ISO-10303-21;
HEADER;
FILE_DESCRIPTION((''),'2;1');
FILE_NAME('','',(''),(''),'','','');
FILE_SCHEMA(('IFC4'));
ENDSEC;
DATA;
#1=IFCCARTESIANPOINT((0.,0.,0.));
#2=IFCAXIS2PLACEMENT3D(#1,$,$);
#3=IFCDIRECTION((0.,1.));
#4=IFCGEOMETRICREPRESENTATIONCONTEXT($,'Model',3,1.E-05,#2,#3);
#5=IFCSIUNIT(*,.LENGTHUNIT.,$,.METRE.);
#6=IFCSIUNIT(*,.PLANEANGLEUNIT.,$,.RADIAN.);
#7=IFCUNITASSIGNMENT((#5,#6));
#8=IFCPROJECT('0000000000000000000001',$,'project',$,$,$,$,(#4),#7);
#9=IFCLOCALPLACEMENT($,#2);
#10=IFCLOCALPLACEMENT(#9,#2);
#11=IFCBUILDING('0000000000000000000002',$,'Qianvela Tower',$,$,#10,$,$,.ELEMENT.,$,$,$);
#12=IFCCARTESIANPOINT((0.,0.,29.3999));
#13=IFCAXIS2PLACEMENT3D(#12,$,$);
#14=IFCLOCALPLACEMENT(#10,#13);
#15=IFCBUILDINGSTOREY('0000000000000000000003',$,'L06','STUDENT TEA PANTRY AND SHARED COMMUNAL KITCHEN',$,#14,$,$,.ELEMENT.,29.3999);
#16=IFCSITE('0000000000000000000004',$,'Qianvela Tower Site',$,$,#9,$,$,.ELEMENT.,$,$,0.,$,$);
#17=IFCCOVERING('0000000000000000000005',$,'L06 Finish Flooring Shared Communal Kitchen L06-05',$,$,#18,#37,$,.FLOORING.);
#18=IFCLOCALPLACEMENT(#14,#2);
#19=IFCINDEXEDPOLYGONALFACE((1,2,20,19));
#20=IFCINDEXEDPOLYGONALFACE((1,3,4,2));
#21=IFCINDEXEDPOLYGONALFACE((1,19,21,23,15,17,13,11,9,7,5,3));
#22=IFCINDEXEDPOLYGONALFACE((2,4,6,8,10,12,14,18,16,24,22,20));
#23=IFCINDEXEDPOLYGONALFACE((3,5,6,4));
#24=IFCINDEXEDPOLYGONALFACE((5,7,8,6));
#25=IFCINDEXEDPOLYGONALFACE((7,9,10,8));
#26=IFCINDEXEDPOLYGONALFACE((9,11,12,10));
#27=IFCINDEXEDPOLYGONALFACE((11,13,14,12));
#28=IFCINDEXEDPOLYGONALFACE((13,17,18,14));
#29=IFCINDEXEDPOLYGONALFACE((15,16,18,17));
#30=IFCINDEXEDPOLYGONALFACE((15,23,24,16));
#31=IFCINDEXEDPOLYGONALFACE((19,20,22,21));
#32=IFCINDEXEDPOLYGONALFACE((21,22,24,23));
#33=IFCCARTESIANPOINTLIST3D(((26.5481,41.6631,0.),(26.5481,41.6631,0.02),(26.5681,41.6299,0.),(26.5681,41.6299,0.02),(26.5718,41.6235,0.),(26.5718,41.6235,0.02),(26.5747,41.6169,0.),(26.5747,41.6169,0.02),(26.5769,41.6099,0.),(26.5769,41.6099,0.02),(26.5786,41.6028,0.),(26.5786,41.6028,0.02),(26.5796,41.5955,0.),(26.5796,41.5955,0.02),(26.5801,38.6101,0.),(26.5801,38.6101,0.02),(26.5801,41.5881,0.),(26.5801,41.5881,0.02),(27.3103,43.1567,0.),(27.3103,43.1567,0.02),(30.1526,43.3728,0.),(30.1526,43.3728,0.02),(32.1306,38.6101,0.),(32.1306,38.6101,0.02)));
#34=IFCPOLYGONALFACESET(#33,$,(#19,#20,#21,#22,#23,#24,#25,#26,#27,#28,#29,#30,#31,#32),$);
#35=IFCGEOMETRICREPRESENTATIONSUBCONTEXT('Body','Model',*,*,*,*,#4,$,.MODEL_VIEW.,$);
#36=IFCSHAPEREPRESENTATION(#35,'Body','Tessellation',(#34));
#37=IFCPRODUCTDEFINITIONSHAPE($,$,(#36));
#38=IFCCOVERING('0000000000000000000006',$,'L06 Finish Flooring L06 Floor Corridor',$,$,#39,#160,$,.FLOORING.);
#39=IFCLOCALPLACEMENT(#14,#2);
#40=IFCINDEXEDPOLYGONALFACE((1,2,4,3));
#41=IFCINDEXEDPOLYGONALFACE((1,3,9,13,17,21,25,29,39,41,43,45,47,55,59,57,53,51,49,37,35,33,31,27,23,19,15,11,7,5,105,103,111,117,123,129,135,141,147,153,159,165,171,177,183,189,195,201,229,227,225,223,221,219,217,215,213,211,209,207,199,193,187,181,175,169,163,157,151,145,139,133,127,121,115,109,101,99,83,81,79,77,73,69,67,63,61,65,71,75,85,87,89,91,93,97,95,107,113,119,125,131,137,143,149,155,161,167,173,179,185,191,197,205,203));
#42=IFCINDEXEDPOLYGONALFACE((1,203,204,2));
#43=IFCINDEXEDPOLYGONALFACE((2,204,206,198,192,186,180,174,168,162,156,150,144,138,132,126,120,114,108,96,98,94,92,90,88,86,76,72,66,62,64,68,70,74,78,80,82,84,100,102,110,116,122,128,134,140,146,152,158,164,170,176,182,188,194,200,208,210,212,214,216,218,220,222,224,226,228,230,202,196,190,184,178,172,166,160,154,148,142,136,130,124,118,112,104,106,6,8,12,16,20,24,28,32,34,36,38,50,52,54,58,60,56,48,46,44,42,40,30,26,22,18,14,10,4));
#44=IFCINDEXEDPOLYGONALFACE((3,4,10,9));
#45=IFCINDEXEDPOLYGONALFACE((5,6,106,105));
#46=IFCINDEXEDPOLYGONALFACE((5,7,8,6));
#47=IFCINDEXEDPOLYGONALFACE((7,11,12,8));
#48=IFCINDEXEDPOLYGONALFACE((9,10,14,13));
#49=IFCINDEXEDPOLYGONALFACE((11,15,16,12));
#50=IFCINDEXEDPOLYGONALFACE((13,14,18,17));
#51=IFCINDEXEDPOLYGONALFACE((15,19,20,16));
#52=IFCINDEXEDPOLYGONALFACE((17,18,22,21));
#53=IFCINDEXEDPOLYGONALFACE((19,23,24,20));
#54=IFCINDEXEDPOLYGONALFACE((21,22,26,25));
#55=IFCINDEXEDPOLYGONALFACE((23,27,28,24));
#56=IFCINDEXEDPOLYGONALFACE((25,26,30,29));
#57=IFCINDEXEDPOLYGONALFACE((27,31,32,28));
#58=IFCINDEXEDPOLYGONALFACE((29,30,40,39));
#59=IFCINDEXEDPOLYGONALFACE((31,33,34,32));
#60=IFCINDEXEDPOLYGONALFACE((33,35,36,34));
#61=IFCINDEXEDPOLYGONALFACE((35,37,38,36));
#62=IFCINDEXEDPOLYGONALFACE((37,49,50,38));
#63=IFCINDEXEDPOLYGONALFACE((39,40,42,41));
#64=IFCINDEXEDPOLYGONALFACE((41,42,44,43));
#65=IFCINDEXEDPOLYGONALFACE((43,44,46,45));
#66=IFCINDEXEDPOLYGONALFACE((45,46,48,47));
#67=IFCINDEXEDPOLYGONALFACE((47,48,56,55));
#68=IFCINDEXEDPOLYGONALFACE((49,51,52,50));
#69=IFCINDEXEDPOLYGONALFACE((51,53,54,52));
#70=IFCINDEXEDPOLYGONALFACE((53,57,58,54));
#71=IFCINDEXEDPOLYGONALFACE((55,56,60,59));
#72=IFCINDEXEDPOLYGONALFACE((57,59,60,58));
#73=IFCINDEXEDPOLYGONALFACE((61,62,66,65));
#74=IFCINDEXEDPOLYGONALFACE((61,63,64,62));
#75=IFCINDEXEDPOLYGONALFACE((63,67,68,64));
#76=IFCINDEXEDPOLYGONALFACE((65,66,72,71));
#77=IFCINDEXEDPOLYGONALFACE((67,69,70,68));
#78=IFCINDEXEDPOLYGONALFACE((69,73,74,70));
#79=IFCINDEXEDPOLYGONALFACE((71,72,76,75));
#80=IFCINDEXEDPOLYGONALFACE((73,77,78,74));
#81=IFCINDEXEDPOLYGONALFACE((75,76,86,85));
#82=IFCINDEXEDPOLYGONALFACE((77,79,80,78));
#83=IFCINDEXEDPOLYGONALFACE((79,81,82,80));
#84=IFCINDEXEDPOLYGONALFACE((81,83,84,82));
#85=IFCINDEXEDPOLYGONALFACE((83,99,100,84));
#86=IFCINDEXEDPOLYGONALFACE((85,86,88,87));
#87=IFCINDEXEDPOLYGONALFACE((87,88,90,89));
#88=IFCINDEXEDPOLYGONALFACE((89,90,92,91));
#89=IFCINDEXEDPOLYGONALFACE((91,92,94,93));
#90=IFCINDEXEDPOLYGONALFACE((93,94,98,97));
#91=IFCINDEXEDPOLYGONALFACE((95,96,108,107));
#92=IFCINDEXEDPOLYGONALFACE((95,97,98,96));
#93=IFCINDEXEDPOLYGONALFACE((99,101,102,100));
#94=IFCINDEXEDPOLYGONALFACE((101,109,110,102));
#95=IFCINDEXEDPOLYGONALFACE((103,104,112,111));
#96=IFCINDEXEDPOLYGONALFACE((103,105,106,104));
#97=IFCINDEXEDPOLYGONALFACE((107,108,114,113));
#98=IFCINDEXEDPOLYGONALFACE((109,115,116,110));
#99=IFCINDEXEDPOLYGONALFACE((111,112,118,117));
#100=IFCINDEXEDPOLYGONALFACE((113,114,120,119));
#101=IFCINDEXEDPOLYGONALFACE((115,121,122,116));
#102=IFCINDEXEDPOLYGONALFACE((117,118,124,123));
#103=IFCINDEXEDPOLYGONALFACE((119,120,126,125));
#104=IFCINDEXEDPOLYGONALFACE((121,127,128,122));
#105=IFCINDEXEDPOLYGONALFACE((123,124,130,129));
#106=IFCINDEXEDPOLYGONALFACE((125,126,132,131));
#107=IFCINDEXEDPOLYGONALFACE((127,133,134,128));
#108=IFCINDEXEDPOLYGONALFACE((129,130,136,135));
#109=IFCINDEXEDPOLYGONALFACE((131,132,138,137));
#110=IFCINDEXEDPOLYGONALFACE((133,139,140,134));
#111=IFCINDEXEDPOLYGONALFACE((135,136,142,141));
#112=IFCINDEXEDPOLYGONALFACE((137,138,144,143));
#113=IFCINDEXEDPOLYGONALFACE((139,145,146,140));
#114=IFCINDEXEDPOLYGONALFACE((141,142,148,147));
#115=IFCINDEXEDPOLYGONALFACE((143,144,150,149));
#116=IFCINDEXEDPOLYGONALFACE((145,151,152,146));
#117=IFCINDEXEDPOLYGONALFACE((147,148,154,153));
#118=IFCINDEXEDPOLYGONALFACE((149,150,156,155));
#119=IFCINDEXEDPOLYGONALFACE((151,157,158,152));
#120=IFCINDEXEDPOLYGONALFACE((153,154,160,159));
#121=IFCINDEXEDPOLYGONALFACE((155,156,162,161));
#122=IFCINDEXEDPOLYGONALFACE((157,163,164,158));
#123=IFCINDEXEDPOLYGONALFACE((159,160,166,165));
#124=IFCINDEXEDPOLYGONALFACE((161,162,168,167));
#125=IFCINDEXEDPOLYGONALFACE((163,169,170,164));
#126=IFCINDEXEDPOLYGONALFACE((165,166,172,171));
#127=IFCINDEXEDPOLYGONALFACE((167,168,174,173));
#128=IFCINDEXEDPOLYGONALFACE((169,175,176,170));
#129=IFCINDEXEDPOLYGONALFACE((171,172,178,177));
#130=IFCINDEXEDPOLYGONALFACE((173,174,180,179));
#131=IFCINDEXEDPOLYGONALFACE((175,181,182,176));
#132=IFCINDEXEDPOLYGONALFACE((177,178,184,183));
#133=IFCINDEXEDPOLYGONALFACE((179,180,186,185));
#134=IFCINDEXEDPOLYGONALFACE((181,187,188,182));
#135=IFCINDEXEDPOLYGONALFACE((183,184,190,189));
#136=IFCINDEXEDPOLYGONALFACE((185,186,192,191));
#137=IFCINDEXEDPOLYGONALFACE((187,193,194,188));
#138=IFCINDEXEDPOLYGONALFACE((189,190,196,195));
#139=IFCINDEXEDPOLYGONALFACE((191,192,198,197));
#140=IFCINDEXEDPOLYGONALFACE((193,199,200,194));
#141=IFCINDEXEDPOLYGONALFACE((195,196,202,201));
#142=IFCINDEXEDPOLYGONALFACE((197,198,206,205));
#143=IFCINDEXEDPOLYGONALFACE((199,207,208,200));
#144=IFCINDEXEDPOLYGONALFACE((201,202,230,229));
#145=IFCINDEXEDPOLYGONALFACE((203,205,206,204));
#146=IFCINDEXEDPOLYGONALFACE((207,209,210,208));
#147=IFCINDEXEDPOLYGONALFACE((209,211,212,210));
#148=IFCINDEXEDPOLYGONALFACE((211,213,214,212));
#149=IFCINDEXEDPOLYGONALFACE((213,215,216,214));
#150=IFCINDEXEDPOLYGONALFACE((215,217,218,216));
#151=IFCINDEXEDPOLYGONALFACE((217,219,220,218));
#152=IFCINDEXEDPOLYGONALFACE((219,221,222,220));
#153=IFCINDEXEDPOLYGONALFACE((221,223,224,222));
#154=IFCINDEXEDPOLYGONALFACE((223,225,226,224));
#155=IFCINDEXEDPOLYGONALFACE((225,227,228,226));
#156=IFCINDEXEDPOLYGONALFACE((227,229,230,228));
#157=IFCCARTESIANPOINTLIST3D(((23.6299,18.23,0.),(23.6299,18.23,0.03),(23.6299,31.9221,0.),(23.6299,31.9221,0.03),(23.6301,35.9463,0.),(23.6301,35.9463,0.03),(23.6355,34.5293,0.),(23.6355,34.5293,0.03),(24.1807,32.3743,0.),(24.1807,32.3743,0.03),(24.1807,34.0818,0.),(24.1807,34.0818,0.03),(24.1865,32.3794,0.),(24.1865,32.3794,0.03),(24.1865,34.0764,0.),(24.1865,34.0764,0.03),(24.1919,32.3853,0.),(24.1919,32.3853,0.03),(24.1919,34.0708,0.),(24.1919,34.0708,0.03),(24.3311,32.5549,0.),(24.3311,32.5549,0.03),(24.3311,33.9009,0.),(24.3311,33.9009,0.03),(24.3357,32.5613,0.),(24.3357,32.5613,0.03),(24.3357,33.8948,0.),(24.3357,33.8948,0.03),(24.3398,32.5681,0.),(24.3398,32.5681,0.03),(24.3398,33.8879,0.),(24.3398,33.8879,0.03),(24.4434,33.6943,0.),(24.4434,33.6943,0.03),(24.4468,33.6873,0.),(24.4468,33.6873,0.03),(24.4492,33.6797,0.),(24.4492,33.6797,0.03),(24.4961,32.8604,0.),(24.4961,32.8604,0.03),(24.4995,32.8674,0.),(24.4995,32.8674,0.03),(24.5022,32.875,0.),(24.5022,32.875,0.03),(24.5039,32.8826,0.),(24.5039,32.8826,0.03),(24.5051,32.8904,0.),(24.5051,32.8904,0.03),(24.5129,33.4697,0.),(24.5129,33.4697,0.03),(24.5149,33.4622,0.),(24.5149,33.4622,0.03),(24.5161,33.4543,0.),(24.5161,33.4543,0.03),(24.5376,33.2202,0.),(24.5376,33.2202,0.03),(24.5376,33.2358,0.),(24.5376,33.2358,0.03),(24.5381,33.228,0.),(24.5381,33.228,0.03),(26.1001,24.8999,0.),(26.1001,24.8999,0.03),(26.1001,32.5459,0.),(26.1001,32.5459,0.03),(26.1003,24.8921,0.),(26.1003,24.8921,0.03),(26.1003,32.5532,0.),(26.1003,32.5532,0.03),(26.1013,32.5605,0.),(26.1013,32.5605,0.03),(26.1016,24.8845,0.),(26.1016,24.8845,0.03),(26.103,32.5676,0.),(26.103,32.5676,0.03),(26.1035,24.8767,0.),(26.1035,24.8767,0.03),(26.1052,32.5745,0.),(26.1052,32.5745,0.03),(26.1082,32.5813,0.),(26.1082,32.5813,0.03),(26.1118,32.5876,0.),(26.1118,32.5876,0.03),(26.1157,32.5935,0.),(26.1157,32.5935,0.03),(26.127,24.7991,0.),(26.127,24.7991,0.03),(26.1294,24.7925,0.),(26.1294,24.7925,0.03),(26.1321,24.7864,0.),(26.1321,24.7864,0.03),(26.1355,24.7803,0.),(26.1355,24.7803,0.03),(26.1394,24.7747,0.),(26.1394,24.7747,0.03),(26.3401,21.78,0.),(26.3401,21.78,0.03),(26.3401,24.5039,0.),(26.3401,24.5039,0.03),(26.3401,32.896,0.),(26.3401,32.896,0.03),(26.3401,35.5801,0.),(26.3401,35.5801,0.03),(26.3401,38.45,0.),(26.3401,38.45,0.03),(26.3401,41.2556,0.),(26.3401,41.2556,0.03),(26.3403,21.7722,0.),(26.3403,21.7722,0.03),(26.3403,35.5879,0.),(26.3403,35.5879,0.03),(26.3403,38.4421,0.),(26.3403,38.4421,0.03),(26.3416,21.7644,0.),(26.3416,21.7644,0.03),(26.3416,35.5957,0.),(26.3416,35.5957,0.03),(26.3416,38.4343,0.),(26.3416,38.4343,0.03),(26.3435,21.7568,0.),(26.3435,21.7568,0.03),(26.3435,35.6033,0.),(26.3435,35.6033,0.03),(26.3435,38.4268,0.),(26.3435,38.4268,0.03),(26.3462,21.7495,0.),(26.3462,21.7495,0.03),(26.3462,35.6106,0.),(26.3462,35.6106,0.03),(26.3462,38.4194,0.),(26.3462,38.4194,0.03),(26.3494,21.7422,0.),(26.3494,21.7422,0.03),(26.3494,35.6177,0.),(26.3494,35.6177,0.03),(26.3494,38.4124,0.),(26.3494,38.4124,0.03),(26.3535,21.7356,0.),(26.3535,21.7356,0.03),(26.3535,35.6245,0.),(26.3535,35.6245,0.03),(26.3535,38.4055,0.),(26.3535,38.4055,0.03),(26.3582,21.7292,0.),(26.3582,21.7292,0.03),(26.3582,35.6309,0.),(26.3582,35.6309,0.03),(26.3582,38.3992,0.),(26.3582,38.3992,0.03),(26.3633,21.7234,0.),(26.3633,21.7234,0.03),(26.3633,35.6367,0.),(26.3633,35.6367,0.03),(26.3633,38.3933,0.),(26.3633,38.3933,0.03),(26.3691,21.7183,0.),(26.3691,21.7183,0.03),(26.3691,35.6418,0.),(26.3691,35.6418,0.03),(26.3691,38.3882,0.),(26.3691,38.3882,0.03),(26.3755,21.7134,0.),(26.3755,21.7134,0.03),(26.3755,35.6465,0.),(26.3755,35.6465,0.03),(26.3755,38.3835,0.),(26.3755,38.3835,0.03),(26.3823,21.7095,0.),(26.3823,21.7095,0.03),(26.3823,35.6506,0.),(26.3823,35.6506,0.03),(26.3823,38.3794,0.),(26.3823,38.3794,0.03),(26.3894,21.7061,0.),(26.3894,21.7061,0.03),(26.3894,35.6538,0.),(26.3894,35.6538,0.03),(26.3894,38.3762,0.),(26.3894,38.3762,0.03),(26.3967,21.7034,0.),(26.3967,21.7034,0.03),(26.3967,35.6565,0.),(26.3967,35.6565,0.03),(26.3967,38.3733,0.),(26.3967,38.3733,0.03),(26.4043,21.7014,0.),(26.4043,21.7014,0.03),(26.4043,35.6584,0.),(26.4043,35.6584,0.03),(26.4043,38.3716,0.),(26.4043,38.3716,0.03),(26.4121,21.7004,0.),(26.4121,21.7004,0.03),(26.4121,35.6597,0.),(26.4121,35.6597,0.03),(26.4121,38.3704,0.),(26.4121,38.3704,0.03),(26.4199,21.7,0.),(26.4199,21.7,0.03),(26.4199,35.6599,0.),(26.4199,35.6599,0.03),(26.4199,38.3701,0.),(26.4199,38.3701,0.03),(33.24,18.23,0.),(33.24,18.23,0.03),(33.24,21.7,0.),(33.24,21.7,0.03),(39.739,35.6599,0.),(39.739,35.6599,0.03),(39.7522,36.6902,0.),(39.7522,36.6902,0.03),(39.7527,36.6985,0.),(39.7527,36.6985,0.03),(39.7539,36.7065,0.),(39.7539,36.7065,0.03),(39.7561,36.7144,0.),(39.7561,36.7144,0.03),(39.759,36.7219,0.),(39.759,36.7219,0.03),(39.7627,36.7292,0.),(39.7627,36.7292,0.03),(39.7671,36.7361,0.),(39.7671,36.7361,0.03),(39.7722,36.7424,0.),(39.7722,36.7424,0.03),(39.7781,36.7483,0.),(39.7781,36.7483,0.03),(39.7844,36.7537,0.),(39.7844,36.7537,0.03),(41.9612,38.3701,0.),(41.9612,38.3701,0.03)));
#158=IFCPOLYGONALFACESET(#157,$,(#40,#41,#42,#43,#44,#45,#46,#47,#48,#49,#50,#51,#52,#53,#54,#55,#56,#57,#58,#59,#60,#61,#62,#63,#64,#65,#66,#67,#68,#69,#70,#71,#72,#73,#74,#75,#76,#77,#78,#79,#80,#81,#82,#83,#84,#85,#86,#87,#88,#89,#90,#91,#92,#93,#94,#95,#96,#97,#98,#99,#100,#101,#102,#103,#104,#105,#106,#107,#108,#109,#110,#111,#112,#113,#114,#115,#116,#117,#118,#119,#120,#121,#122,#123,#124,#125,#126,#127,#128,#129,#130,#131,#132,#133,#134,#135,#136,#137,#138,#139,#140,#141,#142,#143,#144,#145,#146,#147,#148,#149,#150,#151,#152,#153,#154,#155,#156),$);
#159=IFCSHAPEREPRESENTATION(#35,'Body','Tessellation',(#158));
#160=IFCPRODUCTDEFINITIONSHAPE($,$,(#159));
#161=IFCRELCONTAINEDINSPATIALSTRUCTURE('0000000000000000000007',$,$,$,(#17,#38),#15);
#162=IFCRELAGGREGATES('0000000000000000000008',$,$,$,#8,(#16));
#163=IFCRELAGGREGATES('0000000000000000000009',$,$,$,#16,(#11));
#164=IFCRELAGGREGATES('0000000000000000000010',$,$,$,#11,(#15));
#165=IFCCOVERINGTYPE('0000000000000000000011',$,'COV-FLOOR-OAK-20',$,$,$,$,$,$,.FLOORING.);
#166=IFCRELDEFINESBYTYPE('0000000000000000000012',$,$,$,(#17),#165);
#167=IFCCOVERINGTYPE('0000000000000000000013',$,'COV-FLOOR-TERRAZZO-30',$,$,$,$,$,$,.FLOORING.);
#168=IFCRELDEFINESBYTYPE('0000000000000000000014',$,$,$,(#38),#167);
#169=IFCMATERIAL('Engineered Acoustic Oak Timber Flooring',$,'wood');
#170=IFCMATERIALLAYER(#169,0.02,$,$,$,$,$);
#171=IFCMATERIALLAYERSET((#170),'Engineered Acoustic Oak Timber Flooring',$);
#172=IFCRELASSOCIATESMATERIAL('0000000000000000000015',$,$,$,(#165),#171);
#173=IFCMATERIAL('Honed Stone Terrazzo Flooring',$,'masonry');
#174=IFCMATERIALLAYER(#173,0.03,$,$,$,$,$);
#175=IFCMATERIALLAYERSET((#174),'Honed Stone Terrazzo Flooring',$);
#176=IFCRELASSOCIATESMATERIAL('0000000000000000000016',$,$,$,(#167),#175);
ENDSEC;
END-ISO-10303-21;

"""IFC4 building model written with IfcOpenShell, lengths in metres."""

from ifc_helpers import new_model, si_unit, direction, frame, origin, place, context, subcontext, project, spatial, polyline, outline, extrude, material, layer, layer_set, type_object, element, save


model = new_model("IFC4")

# Units and contexts
model_context = context("Model", 3, precision=1e-05, world=origin(), true_north=direction((0.0, 1.0)))
body_context = subcontext(model_context, "Body", "Model", "MODEL_VIEW")
ifc_project = project(units=[si_unit("LENGTHUNIT", "METRE"), si_unit("PLANEANGLEUNIT", "RADIAN")], contexts=[model_context])

# Site, building, storey
site_placement = place(None, origin())
site = spatial("IfcSite", under=ifc_project, at=site_placement, Name="Qianvela Tower Site", CompositionType="ELEMENT", RefElevation=0.0)
building_placement = place(site_placement, origin())
building = spatial("IfcBuilding", under=site, at=building_placement, Name="Qianvela Tower", CompositionType="ELEMENT")
storey_placement = place(building_placement, frame((0.0, 0.0, 29.3999)))
storey = spatial("IfcBuildingStorey", under=building, at=storey_placement, Name="L06", Description="STUDENT TEA PANTRY AND SHARED COMMUNAL KITCHEN", CompositionType="ELEMENT", Elevation=29.3999)

# Coverings
ifc_material_1 = material(Name="Engineered Acoustic Oak Timber Flooring", Category="wood")
ifc_layer_1 = layer(ifc_material_1, 0.02)
ifc_layer_set_1 = layer_set([ifc_layer_1], Name="Engineered Acoustic Oak Timber Flooring")
covering_type_1 = type_object("IfcCoveringType", Name="COV-FLOOR-OAK-20", PredefinedType="FLOORING", material=ifc_layer_set_1)
covering_1_placement = place(storey_placement, origin())
element("IfcCovering", 1, at=covering_1_placement, inside=storey, type_object=covering_type_1, Name="L06 Finish Flooring Shared Communal Kitchen L06-05", PredefinedType="FLOORING", context=body_context, shape_type="SweptSolid", body=[
    extrude(outline(polyline([(26.5801, 41.5881), (26.5796, 41.5955), (26.5786, 41.6028), (26.5769, 41.6099), (26.5747, 41.6169), (26.5718, 41.6235), (26.5681, 41.6299), (26.5481, 41.6631), (27.3103, 43.1567), (30.1526, 43.3728), (32.1306, 38.6101), (26.5801, 38.6101), (26.5801, 41.5881)])), origin(), (0.0, 0.0, 1.0), 0.02),
])
ifc_material_2 = material(Name="Honed Stone Terrazzo Flooring", Category="masonry")
ifc_layer_2 = layer(ifc_material_2, 0.03)
ifc_layer_set_2 = layer_set([ifc_layer_2], Name="Honed Stone Terrazzo Flooring")
covering_type_2 = type_object("IfcCoveringType", Name="COV-FLOOR-TERRAZZO-30", PredefinedType="FLOORING", material=ifc_layer_set_2)
covering_2_placement = place(storey_placement, origin())
element("IfcCovering", 2, at=covering_2_placement, inside=storey, type_object=covering_type_2, Name="L06 Finish Flooring L06 Floor Corridor", PredefinedType="FLOORING", context=body_context, shape_type="SweptSolid", body=[
    extrude(outline(polyline([(24.5161, 33.4543), (24.5149, 33.4622), (24.5129, 33.4697), (24.4492, 33.6797), (24.4468, 33.6873), (24.4434, 33.6943), (24.3398, 33.8879), (24.3357, 33.8948), (24.3311, 33.9009), (24.1919, 34.0708), (24.1865, 34.0764), (24.1807, 34.0818), (23.6355, 34.5293), (23.6301, 35.9463), (26.3401, 41.2556), (26.3401, 38.45), (26.3403, 38.4421), (26.3416, 38.4343), (26.3435, 38.4268), (26.3462, 38.4194), (26.3494, 38.4124), (26.3535, 38.4055), (26.3582, 38.3992), (26.3633, 38.3933), (26.3691, 38.3882), (26.3755, 38.3835), (26.3823, 38.3794), (26.3894, 38.3762), (26.3967, 38.3733), (26.4043, 38.3716), (26.4121, 38.3704), (26.4199, 38.3701), (41.9612, 38.3701), (39.7844, 36.7537), (39.7781, 36.7483), (39.7722, 36.7424), (39.7671, 36.7361), (39.7627, 36.7292), (39.759, 36.7219), (39.7561, 36.7144), (39.7539, 36.7065), (39.7527, 36.6985), (39.7522, 36.6902), (39.739, 35.6599), (26.4199, 35.6599), (26.4121, 35.6597), (26.4043, 35.6584), (26.3967, 35.6565), (26.3894, 35.6538), (26.3823, 35.6506), (26.3755, 35.6465), (26.3691, 35.6418), (26.3633, 35.6367), (26.3582, 35.6309), (26.3535, 35.6245), (26.3494, 35.6177), (26.3462, 35.6106), (26.3435, 35.6033), (26.3416, 35.5957), (26.3403, 35.5879), (26.3401, 35.5801), (26.3401, 32.896), (26.1157, 32.5935), (26.1118, 32.5876), (26.1082, 32.5813), (26.1052, 32.5745), (26.103, 32.5676), (26.1013, 32.5605), (26.1003, 32.5532), (26.1001, 32.5459), (26.1001, 24.8999), (26.1003, 24.8921), (26.1016, 24.8845), (26.1035, 24.8767), (26.127, 24.7991), (26.1294, 24.7925), (26.1321, 24.7864), (26.1355, 24.7803), (26.1394, 24.7747), (26.3401, 24.5039), (26.3401, 21.78), (26.3403, 21.7722), (26.3416, 21.7644), (26.3435, 21.7568), (26.3462, 21.7495), (26.3494, 21.7422), (26.3535, 21.7356), (26.3582, 21.7292), (26.3633, 21.7234), (26.3691, 21.7183), (26.3755, 21.7134), (26.3823, 21.7095), (26.3894, 21.7061), (26.3967, 21.7034), (26.4043, 21.7014), (26.4121, 21.7004), (26.4199, 21.7), (33.24, 21.7), (33.24, 18.23), (23.6299, 18.23), (23.6299, 31.9221), (24.1807, 32.3743), (24.1865, 32.3794), (24.1919, 32.3853), (24.3311, 32.5549), (24.3357, 32.5613), (24.3398, 32.5681), (24.4961, 32.8604), (24.4995, 32.8674), (24.5022, 32.875), (24.5039, 32.8826), (24.5051, 32.8904), (24.5376, 33.2202), (24.5381, 33.228), (24.5376, 33.2358), (24.5161, 33.4543)])), origin(), (0.0, 0.0, 1.0), 0.03),
])

save(model, "model.ifc")
